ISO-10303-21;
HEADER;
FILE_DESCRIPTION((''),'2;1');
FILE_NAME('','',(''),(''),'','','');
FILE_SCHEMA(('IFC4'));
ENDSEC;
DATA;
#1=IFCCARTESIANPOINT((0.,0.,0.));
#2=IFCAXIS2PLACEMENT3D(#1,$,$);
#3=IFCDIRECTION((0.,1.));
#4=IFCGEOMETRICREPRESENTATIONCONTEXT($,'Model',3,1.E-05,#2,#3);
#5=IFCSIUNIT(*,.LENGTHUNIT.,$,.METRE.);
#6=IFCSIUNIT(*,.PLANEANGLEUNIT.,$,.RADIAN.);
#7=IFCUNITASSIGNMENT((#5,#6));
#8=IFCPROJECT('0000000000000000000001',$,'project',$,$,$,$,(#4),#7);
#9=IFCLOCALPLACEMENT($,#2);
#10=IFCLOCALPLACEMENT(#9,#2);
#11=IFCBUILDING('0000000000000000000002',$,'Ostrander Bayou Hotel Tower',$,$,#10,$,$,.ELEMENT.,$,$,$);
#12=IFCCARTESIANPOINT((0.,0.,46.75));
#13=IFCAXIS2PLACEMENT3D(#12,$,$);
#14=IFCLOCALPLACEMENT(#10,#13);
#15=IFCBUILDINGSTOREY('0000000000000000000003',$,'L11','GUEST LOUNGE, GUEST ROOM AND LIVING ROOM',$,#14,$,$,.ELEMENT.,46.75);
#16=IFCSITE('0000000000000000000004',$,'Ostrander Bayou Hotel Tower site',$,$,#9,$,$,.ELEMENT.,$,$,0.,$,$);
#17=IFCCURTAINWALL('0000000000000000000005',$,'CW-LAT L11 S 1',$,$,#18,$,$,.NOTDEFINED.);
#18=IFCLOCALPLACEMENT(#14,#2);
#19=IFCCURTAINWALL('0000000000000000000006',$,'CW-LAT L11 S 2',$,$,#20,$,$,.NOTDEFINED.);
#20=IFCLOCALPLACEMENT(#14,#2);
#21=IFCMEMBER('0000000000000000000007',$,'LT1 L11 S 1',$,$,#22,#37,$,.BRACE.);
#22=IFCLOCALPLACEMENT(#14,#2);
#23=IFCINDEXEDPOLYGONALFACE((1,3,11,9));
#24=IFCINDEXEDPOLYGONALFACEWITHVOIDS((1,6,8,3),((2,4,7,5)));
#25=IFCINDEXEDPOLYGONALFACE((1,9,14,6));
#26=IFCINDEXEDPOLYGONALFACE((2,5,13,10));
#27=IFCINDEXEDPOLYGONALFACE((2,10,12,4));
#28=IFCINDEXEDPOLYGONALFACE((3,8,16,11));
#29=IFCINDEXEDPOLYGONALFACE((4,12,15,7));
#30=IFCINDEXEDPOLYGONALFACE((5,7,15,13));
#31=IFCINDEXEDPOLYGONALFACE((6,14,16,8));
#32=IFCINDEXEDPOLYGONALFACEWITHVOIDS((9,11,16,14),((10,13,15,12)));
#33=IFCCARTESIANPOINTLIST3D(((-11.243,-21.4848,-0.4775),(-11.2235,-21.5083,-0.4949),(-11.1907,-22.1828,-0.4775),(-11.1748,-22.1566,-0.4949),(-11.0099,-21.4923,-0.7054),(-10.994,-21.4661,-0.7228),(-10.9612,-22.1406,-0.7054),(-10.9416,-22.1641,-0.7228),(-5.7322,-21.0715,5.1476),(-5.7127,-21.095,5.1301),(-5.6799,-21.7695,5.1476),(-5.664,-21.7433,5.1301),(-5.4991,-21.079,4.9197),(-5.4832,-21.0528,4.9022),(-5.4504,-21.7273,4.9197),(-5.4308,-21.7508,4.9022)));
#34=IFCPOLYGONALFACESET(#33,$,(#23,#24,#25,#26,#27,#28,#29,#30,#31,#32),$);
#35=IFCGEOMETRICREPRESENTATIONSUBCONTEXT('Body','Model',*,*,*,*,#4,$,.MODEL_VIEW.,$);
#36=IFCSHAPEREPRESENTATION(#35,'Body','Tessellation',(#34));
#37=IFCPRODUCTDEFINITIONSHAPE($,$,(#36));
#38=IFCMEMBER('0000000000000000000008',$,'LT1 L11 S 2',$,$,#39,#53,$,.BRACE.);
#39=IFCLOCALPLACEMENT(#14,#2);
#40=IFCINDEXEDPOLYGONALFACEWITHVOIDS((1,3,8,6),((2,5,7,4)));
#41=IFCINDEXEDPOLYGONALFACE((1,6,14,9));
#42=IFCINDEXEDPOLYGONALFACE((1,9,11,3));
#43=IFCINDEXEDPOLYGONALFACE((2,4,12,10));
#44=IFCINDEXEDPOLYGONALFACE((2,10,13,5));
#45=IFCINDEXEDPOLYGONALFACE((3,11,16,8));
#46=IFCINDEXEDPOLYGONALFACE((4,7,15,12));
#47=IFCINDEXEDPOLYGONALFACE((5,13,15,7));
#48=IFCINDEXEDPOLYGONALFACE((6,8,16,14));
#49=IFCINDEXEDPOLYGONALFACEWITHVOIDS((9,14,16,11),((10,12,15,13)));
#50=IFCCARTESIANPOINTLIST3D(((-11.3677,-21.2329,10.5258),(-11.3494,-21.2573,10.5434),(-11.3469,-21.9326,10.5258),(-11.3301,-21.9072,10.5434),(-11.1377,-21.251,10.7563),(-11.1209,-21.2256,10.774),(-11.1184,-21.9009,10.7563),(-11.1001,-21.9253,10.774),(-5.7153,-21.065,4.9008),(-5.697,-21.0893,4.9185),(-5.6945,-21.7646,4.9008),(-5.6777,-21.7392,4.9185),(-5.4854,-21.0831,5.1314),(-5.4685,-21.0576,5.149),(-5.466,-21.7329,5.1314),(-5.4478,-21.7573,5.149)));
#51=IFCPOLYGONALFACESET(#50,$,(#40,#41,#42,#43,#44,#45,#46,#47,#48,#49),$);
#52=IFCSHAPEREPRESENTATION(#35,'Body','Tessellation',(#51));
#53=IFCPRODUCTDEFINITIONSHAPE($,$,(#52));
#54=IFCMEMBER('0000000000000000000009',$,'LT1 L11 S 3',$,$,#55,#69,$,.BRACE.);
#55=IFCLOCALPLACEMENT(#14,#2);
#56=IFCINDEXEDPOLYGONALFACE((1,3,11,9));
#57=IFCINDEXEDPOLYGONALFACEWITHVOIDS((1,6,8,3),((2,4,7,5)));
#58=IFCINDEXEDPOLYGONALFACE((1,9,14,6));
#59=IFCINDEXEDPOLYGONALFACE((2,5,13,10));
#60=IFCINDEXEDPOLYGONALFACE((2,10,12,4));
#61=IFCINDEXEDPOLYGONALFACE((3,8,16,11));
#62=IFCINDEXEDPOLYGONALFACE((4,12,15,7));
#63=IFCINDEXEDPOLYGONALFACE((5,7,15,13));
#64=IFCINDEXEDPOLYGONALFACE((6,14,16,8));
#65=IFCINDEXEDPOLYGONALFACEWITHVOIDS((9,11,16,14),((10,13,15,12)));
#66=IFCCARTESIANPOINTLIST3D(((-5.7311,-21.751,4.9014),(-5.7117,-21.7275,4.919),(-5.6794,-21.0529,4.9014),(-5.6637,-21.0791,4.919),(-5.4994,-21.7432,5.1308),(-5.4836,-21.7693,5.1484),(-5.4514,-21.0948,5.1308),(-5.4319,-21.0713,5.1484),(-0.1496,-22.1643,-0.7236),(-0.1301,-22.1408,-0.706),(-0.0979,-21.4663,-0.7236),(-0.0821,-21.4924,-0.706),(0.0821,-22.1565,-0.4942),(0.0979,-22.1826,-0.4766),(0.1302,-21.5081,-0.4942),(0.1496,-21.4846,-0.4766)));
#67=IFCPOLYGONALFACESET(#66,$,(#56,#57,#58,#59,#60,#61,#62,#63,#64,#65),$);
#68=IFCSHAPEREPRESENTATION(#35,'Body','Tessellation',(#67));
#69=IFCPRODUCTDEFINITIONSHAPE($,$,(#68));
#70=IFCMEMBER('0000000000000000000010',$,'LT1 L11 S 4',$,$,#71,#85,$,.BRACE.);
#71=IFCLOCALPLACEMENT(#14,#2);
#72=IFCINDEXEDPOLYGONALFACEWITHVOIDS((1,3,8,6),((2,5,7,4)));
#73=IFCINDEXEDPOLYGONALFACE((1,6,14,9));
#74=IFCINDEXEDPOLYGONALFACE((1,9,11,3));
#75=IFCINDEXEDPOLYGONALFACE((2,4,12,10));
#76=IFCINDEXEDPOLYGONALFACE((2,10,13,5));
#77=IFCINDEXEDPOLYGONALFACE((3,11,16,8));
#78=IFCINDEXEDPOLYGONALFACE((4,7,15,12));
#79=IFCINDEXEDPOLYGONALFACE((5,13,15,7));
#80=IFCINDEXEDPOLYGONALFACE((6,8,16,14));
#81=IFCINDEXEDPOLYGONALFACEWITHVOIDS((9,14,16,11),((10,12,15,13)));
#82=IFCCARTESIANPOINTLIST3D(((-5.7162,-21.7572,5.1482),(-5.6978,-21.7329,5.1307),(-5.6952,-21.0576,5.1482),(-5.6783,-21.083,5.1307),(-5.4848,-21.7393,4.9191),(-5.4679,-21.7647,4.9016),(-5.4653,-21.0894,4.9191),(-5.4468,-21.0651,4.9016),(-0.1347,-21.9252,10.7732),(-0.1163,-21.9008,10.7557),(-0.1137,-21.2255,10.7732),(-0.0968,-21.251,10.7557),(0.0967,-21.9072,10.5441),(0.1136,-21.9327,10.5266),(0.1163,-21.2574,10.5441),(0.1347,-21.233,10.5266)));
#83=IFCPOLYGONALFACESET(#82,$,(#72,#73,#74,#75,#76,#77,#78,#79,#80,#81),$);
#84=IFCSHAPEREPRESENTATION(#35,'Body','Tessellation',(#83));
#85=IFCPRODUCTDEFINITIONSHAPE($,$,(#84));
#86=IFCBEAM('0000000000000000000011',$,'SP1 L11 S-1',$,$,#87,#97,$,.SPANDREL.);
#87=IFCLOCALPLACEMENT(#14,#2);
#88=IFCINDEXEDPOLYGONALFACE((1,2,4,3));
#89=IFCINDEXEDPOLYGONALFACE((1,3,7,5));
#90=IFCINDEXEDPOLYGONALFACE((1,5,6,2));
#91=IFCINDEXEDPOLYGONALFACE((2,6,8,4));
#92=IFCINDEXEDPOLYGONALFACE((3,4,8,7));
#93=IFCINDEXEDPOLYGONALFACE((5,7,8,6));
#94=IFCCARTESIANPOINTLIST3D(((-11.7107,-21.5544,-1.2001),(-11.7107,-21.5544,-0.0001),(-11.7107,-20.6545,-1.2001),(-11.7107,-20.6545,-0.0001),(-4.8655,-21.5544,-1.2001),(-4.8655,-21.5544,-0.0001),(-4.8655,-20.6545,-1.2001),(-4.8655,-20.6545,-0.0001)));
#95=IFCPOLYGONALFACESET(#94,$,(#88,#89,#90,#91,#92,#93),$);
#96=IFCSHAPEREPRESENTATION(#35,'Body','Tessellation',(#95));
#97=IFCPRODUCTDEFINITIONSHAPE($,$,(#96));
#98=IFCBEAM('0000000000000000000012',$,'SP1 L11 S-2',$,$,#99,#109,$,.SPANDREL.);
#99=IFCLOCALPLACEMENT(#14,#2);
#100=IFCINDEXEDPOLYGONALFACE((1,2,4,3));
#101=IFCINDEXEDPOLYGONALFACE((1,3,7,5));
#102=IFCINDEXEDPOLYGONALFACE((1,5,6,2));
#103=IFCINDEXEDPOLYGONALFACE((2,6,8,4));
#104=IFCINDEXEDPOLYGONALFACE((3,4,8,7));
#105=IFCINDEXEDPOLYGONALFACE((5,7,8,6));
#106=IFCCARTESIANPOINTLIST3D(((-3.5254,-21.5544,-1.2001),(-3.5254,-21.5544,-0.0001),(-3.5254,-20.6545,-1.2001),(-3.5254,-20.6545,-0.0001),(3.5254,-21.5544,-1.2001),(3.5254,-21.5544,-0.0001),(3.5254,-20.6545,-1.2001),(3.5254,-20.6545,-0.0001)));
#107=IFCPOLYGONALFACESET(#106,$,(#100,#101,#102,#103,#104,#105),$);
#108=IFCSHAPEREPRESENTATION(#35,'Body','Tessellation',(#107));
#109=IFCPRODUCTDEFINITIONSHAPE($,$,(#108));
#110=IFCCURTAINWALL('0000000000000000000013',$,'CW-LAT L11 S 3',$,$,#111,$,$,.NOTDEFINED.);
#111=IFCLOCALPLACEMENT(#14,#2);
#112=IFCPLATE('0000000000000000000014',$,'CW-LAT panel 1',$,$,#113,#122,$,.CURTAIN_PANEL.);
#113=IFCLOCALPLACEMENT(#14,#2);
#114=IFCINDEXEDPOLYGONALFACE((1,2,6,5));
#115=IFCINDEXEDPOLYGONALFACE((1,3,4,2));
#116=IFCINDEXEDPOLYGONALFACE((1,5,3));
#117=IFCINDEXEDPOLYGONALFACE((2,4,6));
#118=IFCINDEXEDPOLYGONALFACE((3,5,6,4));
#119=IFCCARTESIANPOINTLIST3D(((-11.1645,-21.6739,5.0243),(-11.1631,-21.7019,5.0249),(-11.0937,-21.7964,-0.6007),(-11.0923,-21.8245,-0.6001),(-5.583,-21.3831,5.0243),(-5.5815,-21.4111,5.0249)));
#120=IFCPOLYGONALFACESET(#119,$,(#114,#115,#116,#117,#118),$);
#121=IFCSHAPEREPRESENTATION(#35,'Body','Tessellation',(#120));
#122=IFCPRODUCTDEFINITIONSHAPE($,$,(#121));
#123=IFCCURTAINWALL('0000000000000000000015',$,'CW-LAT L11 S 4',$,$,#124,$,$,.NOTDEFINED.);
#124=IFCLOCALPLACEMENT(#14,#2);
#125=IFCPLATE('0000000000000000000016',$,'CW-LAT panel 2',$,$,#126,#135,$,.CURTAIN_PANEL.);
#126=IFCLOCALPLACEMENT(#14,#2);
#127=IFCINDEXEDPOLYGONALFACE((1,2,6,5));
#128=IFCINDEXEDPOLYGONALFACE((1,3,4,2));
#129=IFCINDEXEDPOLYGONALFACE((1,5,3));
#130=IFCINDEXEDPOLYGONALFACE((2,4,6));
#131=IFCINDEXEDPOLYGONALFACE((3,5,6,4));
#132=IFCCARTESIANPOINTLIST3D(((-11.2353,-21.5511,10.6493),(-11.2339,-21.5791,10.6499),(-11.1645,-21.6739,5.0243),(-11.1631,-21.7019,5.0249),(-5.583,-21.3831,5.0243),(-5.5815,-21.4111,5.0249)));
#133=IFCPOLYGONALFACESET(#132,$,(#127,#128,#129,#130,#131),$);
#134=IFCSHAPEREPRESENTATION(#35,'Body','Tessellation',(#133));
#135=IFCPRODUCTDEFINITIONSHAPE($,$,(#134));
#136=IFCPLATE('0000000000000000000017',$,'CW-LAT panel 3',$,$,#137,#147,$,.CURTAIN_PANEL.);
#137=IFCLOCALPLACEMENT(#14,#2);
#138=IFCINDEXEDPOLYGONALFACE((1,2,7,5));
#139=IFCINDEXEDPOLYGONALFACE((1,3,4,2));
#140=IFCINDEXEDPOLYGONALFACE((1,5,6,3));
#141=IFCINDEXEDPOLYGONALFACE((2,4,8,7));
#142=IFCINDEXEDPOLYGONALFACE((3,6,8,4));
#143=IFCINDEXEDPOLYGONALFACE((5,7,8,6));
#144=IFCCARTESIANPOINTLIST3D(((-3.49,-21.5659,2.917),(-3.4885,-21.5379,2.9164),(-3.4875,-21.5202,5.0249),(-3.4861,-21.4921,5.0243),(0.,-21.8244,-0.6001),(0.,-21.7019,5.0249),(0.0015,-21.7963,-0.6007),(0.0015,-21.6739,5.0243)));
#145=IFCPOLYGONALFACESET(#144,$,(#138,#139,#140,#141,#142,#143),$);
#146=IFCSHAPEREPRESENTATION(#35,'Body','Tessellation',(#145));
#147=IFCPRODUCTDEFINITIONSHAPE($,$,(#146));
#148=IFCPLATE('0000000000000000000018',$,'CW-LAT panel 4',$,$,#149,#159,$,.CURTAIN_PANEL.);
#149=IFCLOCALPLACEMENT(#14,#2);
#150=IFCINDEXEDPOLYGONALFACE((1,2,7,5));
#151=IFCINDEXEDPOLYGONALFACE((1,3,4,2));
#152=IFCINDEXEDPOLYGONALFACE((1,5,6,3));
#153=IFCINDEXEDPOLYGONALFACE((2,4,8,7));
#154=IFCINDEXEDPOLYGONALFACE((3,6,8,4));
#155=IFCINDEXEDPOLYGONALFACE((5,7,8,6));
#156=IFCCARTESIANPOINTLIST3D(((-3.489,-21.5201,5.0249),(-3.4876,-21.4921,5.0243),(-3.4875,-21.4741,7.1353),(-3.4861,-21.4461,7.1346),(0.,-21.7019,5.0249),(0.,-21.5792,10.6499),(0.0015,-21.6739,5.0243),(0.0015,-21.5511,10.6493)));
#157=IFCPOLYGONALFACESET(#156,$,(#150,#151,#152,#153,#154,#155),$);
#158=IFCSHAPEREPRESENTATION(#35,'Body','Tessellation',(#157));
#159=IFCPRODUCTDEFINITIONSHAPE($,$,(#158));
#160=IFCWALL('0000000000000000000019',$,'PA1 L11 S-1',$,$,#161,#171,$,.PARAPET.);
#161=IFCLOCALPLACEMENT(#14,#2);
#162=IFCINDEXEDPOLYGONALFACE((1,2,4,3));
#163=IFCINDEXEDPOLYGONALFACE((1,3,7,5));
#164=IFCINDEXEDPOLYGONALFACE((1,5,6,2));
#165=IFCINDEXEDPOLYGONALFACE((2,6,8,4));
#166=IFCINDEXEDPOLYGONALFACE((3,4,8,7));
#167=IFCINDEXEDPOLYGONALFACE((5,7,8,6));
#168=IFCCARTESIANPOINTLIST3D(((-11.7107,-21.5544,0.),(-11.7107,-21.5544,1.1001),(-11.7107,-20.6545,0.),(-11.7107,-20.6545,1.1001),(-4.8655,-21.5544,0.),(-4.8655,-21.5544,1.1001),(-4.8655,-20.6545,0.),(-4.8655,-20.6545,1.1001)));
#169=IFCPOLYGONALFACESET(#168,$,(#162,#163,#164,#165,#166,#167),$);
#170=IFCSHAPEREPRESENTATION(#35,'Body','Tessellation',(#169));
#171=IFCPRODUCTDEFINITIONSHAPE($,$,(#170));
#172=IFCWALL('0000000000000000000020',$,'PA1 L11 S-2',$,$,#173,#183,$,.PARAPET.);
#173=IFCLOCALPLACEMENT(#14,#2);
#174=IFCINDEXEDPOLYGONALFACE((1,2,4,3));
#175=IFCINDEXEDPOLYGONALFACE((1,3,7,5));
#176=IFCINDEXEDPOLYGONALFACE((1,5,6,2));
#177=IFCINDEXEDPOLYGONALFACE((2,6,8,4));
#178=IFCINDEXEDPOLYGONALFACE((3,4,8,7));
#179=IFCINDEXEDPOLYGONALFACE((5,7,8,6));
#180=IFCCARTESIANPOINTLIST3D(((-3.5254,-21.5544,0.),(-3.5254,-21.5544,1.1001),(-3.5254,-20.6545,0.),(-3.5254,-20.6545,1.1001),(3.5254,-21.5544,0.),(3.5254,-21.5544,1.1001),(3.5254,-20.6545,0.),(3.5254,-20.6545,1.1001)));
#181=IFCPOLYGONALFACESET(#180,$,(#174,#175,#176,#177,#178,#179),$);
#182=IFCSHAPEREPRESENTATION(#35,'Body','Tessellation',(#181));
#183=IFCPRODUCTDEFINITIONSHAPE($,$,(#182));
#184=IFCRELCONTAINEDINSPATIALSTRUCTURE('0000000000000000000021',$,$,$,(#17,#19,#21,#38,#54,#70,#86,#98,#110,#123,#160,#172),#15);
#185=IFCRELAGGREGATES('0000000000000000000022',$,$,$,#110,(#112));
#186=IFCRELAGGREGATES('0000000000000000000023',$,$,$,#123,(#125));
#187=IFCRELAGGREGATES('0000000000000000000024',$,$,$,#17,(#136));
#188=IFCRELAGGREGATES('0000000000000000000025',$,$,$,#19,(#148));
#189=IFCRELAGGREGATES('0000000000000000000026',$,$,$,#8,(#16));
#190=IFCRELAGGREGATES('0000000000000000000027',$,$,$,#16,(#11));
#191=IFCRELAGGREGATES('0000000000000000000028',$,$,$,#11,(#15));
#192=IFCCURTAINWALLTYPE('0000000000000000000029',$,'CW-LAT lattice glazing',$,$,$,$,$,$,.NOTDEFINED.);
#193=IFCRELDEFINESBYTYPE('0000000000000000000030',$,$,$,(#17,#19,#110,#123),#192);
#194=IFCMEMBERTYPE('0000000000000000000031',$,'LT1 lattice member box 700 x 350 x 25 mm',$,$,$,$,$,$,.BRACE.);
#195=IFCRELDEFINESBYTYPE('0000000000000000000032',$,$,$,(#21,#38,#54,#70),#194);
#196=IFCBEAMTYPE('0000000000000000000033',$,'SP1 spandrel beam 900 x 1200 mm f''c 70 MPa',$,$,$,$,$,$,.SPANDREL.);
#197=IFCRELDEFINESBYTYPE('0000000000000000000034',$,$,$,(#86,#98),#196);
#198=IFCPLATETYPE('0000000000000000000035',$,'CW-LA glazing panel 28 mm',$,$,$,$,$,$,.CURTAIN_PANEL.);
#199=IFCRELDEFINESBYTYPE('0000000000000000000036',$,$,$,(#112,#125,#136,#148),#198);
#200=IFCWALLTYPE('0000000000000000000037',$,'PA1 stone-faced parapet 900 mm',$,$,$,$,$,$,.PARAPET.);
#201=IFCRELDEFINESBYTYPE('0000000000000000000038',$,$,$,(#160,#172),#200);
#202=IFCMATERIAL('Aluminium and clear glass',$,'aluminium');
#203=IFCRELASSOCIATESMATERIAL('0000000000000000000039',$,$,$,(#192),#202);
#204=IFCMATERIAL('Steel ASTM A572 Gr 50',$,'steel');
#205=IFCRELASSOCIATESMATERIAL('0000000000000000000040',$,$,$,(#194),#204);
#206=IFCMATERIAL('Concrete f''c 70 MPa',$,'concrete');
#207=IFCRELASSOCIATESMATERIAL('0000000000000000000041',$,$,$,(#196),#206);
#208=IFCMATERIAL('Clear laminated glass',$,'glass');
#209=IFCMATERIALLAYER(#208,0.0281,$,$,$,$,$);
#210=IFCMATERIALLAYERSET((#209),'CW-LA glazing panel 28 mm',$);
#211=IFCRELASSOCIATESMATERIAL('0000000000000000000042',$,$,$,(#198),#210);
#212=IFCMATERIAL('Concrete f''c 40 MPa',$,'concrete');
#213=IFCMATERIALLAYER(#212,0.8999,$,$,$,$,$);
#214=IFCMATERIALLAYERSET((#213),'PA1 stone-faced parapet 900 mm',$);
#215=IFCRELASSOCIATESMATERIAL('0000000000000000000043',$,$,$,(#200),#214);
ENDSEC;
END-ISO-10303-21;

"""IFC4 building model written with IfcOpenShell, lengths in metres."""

from ifc_helpers import new_model, si_unit, direction, frame, frame_2d, origin, origin_2d, place, context, subcontext, project, spatial, polyline, rectangle, hollow_rectangle, outline, extrude, material, layer, layer_set, material_profile, profile_set, type_object, element, aggregate, save


model = new_model("IFC4")

# Units and contexts
model_context = context("Model", 3, precision=1e-05, world=origin(), true_north=direction((0.0, 1.0)))
body_context = subcontext(model_context, "Body", "Model", "MODEL_VIEW")
ifc_project = project(units=[si_unit("LENGTHUNIT", "METRE"), si_unit("PLANEANGLEUNIT", "RADIAN")], contexts=[model_context])

# Site, building, storey
site_placement = place(None, origin())
site = spatial("IfcSite", under=ifc_project, at=site_placement, Name="Ostrander Bayou Hotel Tower site", CompositionType="ELEMENT", RefElevation=0.0)
building_placement = place(site_placement, origin())
building = spatial("IfcBuilding", under=site, at=building_placement, Name="Ostrander Bayou Hotel Tower", CompositionType="ELEMENT")
storey_placement = place(building_placement, frame((0.0, 0.0, 46.75)))
storey = spatial("IfcBuildingStorey", under=building, at=storey_placement, Name="L11", Description="GUEST LOUNGE, GUEST ROOM AND LIVING ROOM", CompositionType="ELEMENT", Elevation=46.75)

# Curtain wall
ifc_material_1 = material(Name="Aluminium and clear glass", Category="aluminium")
curtain_wall_type = type_object("IfcCurtainWallType", Name="CW-LAT lattice glazing", PredefinedType="NOTDEFINED", material=ifc_material_1)
curtain_wall_1_placement = place(storey_placement, origin())
curtain_wall_1 = element("IfcCurtainWall", 1, at=curtain_wall_1_placement, inside=storey, type_object=curtain_wall_type, Name="CW-LAT L11 S 1", PredefinedType="NOTDEFINED")

# Curtain wall
curtain_wall_2_placement = place(storey_placement, origin())
curtain_wall_2 = element("IfcCurtainWall", 2, at=curtain_wall_2_placement, inside=storey, type_object=curtain_wall_type, Name="CW-LAT L11 S 2", PredefinedType="NOTDEFINED")

# Members
ifc_material_2 = material(Name="Steel ASTM A572 Gr 50", Category="steel")
ifc_material_profile_1 = material_profile(ifc_material_2, hollow_rectangle(XDim=0.7, YDim=0.3501, WallThickness=0.0249, at=origin_2d()))
ifc_profile_set_1 = profile_set([ifc_material_profile_1], Name="Steel ASTM A572 Gr 50")
member_type_1 = type_object("IfcMemberType", Name="LT1 lattice member box 700 x 350 x 25 mm", PredefinedType="BRACE", material=ifc_profile_set_1)
member_1_placement = place(storey_placement, frame((-5.5815, -21.4111, 5.0249), z_axis=(-0.698853, -0.052417, -0.713342), x_axis=(0.074794, -0.997199, 0.0)))
element("IfcMember", 3, at=member_1_placement, inside=storey, type_object=member_type_1, Name="LT1 L11 S 1", PredefinedType="BRACE", context=body_context, shape_type="SweptSolid", body=[
    extrude(hollow_rectangle(XDim=0.7, YDim=0.3501, WallThickness=0.0249, at=origin_2d()), origin(), (0.0, 0.0, 1.0), 7.8855),
])
member_2_placement = place(storey_placement, frame((-5.5815, -21.4111, 5.0249), z_axis=(-0.708662, -0.021059, 0.705234), x_axis=(0.029704, -0.999559, 0.0)))
element("IfcMember", 4, at=member_2_placement, inside=storey, type_object=member_type_1, Name="LT1 L11 S 2", PredefinedType="BRACE", context=body_context, shape_type="SweptSolid", body=[
    extrude(hollow_rectangle(XDim=0.7, YDim=0.3501, WallThickness=0.0249, at=origin_2d()), origin(), (0.0, 0.0, 1.0), 7.9761),
])
member_3_placement = place(storey_placement, frame((-5.5815, -21.4111, 5.0249), z_axis=(0.703403, -0.052089, -0.70888), x_axis=(0.073851, 0.997269, 0.0)))
element("IfcMember", 5, at=member_3_placement, inside=storey, type_object=member_type_1, Name="LT1 L11 S 3", PredefinedType="BRACE", context=body_context, shape_type="SweptSolid", body=[
    extrude(hollow_rectangle(XDim=0.7, YDim=0.3501, WallThickness=0.0249, at=origin_2d()), origin(), (0.0, 0.0, 1.0), 7.9351),
])
member_4_placement = place(storey_placement, frame((-5.5815, -21.4111, 5.0249), z_axis=(0.704201, -0.021192, 0.709684), x_axis=(0.03008, 0.999547, 0.0)))
element("IfcMember", 6, at=member_4_placement, inside=storey, type_object=member_type_1, Name="LT1 L11 S 4", PredefinedType="BRACE", context=body_context, shape_type="SweptSolid", body=[
    extrude(hollow_rectangle(XDim=0.7, YDim=0.3501, WallThickness=0.0249, at=origin_2d()), origin(), (0.0, 0.0, 1.0), 7.926),
])

# Beams
ifc_material_3 = material(Name="Concrete f'c 70 MPa", Category="concrete")
ifc_material_profile_2 = material_profile(ifc_material_3, rectangle(XDim=0.8999, YDim=1.2, at=origin_2d()))
ifc_profile_set_2 = profile_set([ifc_material_profile_2], Name="Concrete f'c 70 MPa")
beam_type_1 = type_object("IfcBeamType", Name="SP1 spandrel beam 900 x 1200 mm f'c 70 MPa", PredefinedType="SPANDREL", material=ifc_profile_set_2)
beam_1_placement = place(storey_placement, frame((-11.7107, -21.1045, -0.6001), z_axis=(1.0, 0.0, 0.0), x_axis=(0.0, 1.0, 0.0)))
element("IfcBeam", 7, at=beam_1_placement, inside=storey, type_object=beam_type_1, Name="SP1 L11 S-1", PredefinedType="SPANDREL", context=body_context, shape_type="SweptSolid", body=[
    extrude(rectangle(XDim=0.8999, YDim=1.2, at=origin_2d()), origin(), (0.0, 0.0, 1.0), 6.8452),
])
beam_2_placement = place(storey_placement, frame((-3.5254, -21.1045, -0.6001), z_axis=(1.0, 0.0, 0.0), x_axis=(0.0, 1.0, 0.0)))
element("IfcBeam", 8, at=beam_2_placement, inside=storey, type_object=beam_type_1, Name="SP1 L11 S-2", PredefinedType="SPANDREL", context=body_context, shape_type="SweptSolid", body=[
    extrude(rectangle(XDim=0.8999, YDim=1.2, at=origin_2d()), origin(), (0.0, 0.0, 1.0), 7.0508),
])

# Curtain walls, plates
curtain_wall_3_placement = place(storey_placement, origin())
curtain_wall_3 = element("IfcCurtainWall", 9, at=curtain_wall_3_placement, inside=storey, type_object=curtain_wall_type, Name="CW-LAT L11 S 3", PredefinedType="NOTDEFINED")
ifc_material_4 = material(Name="Clear laminated glass", Category="glass")
ifc_layer_1 = layer(ifc_material_4, 0.0281)
ifc_layer_set_1 = layer_set([ifc_layer_1], Name="CW-LA glazing panel 28 mm")
plate_type = type_object("IfcPlateType", Name="CW-LA glazing panel 28 mm", PredefinedType="CURTAIN_PANEL", material=ifc_layer_set_1)
plate_1_placement = place(storey_placement, frame((-5.5815, -21.4111, 5.0249), z_axis=(0.052012, -0.998395, 0.022408), x_axis=(-0.698853, -0.052417, -0.713342)))
plate_1 = element("IfcPlate", 10, at=plate_1_placement, type_object=plate_type, Name="CW-LAT panel 1", PredefinedType="CURTAIN_PANEL", context=body_context, shape_type="SweptSolid", body=[
    extrude(outline(polyline([(0.0, 0.0), (7.8854, 0.0), (3.9159, -3.988), (0.0, 0.0)])), origin(), (0.0, 0.0, -1.0), 0.0281),
])
aggregate(curtain_wall_3, [plate_1])
curtain_wall_4_placement = place(storey_placement, origin())
curtain_wall_4 = element("IfcCurtainWall", 11, at=curtain_wall_4_placement, inside=storey, type_object=curtain_wall_type, Name="CW-LAT L11 S 4", PredefinedType="NOTDEFINED")
plate_2_placement = place(storey_placement, frame((-5.5815, -21.4111, 5.0249), z_axis=(0.052012, -0.998394, 0.022451), x_axis=(-0.708662, -0.021059, 0.705234)))
plate_2 = element("IfcPlate", 12, at=plate_2_placement, type_object=plate_type, Name="CW-LAT panel 2", PredefinedType="CURTAIN_PANEL", context=body_context, shape_type="SweptSolid", body=[
    extrude(outline(polyline([(0.0, 0.0), (7.9761, 0.0), (3.9616, 3.9426), (0.0, 0.0)])), origin(), (0.0, 0.0, -1.0), 0.0281),
])
aggregate(curtain_wall_4, [plate_2])

# Plates
plate_3_placement = place(storey_placement, frame((-3.49, -21.5659, 2.917), z_axis=(-0.05203, -0.998409, 0.021735), x_axis=(0.703411, -0.052089, -0.708872)))
plate_3 = element("IfcPlate", 13, at=plate_3_placement, type_object=plate_type, Name="CW-LAT panel 3", PredefinedType="CURTAIN_PANEL", context=body_context, shape_type="SweptSolid", body=[
    extrude(outline(polyline([(0.0, 0.0), (4.9615, 0.0), (0.9677, 3.963), (-1.4949, 1.4868), (0.0, 0.0)])), origin(), (0.0, 0.0, -1.0), 0.0281),
])
aggregate(curtain_wall_1, [plate_3])
plate_4_placement = place(storey_placement, frame((-3.4875, -21.4741, 7.1353), z_axis=(-0.052027, -0.998408, 0.021784), x_axis=(0.704206, -0.021212, 0.709679)))
plate_4 = element("IfcPlate", 14, at=plate_4_placement, type_object=plate_type, Name="CW-LAT panel 4", PredefinedType="CURTAIN_PANEL", context=body_context, shape_type="SweptSolid", body=[
    extrude(outline(polyline([(0.0, 0.0), (4.9525, 0.0), (0.9631, -3.9675), (-1.4977, -1.4874), (0.0, 0.0)])), origin(), (0.0, 0.0, -1.0), 0.0281),
])
aggregate(curtain_wall_2, [plate_4])

# Walls
ifc_material_5 = material(Name="Concrete f'c 40 MPa", Category="concrete")
ifc_layer_2 = layer(ifc_material_5, 0.8999)
ifc_layer_set_2 = layer_set([ifc_layer_2], Name="PA1 stone-faced parapet 900 mm")
wall_type = type_object("IfcWallType", Name="PA1 stone-faced parapet 900 mm", PredefinedType="PARAPET", material=ifc_layer_set_2)
wall_1_placement = place(storey_placement, frame((-11.7107, -21.1045, 0.0), z_axis=(0.0, 0.0, 1.0), x_axis=(1.0, 0.0, 0.0)))
element("IfcWall", 15, at=wall_1_placement, inside=storey, type_object=wall_type, Name="PA1 L11 S-1", PredefinedType="PARAPET", context=body_context, shape_type="SweptSolid", body=[
    extrude(rectangle(XDim=6.8452, YDim=0.8999, at=frame_2d((3.4226, 0.0))), origin(), (0.0, 0.0, 1.0), 1.1001),
])
wall_2_placement = place(storey_placement, frame((-3.5254, -21.1045, 0.0), z_axis=(0.0, 0.0, 1.0), x_axis=(1.0, 0.0, 0.0)))
element("IfcWall", 16, at=wall_2_placement, inside=storey, type_object=wall_type, Name="PA1 L11 S-2", PredefinedType="PARAPET", context=body_context, shape_type="SweptSolid", body=[
    extrude(rectangle(XDim=7.0508, YDim=0.8999, at=frame_2d((3.5254, 0.0))), origin(), (0.0, 0.0, 1.0), 1.1001),
])

save(model, "model.ifc")
